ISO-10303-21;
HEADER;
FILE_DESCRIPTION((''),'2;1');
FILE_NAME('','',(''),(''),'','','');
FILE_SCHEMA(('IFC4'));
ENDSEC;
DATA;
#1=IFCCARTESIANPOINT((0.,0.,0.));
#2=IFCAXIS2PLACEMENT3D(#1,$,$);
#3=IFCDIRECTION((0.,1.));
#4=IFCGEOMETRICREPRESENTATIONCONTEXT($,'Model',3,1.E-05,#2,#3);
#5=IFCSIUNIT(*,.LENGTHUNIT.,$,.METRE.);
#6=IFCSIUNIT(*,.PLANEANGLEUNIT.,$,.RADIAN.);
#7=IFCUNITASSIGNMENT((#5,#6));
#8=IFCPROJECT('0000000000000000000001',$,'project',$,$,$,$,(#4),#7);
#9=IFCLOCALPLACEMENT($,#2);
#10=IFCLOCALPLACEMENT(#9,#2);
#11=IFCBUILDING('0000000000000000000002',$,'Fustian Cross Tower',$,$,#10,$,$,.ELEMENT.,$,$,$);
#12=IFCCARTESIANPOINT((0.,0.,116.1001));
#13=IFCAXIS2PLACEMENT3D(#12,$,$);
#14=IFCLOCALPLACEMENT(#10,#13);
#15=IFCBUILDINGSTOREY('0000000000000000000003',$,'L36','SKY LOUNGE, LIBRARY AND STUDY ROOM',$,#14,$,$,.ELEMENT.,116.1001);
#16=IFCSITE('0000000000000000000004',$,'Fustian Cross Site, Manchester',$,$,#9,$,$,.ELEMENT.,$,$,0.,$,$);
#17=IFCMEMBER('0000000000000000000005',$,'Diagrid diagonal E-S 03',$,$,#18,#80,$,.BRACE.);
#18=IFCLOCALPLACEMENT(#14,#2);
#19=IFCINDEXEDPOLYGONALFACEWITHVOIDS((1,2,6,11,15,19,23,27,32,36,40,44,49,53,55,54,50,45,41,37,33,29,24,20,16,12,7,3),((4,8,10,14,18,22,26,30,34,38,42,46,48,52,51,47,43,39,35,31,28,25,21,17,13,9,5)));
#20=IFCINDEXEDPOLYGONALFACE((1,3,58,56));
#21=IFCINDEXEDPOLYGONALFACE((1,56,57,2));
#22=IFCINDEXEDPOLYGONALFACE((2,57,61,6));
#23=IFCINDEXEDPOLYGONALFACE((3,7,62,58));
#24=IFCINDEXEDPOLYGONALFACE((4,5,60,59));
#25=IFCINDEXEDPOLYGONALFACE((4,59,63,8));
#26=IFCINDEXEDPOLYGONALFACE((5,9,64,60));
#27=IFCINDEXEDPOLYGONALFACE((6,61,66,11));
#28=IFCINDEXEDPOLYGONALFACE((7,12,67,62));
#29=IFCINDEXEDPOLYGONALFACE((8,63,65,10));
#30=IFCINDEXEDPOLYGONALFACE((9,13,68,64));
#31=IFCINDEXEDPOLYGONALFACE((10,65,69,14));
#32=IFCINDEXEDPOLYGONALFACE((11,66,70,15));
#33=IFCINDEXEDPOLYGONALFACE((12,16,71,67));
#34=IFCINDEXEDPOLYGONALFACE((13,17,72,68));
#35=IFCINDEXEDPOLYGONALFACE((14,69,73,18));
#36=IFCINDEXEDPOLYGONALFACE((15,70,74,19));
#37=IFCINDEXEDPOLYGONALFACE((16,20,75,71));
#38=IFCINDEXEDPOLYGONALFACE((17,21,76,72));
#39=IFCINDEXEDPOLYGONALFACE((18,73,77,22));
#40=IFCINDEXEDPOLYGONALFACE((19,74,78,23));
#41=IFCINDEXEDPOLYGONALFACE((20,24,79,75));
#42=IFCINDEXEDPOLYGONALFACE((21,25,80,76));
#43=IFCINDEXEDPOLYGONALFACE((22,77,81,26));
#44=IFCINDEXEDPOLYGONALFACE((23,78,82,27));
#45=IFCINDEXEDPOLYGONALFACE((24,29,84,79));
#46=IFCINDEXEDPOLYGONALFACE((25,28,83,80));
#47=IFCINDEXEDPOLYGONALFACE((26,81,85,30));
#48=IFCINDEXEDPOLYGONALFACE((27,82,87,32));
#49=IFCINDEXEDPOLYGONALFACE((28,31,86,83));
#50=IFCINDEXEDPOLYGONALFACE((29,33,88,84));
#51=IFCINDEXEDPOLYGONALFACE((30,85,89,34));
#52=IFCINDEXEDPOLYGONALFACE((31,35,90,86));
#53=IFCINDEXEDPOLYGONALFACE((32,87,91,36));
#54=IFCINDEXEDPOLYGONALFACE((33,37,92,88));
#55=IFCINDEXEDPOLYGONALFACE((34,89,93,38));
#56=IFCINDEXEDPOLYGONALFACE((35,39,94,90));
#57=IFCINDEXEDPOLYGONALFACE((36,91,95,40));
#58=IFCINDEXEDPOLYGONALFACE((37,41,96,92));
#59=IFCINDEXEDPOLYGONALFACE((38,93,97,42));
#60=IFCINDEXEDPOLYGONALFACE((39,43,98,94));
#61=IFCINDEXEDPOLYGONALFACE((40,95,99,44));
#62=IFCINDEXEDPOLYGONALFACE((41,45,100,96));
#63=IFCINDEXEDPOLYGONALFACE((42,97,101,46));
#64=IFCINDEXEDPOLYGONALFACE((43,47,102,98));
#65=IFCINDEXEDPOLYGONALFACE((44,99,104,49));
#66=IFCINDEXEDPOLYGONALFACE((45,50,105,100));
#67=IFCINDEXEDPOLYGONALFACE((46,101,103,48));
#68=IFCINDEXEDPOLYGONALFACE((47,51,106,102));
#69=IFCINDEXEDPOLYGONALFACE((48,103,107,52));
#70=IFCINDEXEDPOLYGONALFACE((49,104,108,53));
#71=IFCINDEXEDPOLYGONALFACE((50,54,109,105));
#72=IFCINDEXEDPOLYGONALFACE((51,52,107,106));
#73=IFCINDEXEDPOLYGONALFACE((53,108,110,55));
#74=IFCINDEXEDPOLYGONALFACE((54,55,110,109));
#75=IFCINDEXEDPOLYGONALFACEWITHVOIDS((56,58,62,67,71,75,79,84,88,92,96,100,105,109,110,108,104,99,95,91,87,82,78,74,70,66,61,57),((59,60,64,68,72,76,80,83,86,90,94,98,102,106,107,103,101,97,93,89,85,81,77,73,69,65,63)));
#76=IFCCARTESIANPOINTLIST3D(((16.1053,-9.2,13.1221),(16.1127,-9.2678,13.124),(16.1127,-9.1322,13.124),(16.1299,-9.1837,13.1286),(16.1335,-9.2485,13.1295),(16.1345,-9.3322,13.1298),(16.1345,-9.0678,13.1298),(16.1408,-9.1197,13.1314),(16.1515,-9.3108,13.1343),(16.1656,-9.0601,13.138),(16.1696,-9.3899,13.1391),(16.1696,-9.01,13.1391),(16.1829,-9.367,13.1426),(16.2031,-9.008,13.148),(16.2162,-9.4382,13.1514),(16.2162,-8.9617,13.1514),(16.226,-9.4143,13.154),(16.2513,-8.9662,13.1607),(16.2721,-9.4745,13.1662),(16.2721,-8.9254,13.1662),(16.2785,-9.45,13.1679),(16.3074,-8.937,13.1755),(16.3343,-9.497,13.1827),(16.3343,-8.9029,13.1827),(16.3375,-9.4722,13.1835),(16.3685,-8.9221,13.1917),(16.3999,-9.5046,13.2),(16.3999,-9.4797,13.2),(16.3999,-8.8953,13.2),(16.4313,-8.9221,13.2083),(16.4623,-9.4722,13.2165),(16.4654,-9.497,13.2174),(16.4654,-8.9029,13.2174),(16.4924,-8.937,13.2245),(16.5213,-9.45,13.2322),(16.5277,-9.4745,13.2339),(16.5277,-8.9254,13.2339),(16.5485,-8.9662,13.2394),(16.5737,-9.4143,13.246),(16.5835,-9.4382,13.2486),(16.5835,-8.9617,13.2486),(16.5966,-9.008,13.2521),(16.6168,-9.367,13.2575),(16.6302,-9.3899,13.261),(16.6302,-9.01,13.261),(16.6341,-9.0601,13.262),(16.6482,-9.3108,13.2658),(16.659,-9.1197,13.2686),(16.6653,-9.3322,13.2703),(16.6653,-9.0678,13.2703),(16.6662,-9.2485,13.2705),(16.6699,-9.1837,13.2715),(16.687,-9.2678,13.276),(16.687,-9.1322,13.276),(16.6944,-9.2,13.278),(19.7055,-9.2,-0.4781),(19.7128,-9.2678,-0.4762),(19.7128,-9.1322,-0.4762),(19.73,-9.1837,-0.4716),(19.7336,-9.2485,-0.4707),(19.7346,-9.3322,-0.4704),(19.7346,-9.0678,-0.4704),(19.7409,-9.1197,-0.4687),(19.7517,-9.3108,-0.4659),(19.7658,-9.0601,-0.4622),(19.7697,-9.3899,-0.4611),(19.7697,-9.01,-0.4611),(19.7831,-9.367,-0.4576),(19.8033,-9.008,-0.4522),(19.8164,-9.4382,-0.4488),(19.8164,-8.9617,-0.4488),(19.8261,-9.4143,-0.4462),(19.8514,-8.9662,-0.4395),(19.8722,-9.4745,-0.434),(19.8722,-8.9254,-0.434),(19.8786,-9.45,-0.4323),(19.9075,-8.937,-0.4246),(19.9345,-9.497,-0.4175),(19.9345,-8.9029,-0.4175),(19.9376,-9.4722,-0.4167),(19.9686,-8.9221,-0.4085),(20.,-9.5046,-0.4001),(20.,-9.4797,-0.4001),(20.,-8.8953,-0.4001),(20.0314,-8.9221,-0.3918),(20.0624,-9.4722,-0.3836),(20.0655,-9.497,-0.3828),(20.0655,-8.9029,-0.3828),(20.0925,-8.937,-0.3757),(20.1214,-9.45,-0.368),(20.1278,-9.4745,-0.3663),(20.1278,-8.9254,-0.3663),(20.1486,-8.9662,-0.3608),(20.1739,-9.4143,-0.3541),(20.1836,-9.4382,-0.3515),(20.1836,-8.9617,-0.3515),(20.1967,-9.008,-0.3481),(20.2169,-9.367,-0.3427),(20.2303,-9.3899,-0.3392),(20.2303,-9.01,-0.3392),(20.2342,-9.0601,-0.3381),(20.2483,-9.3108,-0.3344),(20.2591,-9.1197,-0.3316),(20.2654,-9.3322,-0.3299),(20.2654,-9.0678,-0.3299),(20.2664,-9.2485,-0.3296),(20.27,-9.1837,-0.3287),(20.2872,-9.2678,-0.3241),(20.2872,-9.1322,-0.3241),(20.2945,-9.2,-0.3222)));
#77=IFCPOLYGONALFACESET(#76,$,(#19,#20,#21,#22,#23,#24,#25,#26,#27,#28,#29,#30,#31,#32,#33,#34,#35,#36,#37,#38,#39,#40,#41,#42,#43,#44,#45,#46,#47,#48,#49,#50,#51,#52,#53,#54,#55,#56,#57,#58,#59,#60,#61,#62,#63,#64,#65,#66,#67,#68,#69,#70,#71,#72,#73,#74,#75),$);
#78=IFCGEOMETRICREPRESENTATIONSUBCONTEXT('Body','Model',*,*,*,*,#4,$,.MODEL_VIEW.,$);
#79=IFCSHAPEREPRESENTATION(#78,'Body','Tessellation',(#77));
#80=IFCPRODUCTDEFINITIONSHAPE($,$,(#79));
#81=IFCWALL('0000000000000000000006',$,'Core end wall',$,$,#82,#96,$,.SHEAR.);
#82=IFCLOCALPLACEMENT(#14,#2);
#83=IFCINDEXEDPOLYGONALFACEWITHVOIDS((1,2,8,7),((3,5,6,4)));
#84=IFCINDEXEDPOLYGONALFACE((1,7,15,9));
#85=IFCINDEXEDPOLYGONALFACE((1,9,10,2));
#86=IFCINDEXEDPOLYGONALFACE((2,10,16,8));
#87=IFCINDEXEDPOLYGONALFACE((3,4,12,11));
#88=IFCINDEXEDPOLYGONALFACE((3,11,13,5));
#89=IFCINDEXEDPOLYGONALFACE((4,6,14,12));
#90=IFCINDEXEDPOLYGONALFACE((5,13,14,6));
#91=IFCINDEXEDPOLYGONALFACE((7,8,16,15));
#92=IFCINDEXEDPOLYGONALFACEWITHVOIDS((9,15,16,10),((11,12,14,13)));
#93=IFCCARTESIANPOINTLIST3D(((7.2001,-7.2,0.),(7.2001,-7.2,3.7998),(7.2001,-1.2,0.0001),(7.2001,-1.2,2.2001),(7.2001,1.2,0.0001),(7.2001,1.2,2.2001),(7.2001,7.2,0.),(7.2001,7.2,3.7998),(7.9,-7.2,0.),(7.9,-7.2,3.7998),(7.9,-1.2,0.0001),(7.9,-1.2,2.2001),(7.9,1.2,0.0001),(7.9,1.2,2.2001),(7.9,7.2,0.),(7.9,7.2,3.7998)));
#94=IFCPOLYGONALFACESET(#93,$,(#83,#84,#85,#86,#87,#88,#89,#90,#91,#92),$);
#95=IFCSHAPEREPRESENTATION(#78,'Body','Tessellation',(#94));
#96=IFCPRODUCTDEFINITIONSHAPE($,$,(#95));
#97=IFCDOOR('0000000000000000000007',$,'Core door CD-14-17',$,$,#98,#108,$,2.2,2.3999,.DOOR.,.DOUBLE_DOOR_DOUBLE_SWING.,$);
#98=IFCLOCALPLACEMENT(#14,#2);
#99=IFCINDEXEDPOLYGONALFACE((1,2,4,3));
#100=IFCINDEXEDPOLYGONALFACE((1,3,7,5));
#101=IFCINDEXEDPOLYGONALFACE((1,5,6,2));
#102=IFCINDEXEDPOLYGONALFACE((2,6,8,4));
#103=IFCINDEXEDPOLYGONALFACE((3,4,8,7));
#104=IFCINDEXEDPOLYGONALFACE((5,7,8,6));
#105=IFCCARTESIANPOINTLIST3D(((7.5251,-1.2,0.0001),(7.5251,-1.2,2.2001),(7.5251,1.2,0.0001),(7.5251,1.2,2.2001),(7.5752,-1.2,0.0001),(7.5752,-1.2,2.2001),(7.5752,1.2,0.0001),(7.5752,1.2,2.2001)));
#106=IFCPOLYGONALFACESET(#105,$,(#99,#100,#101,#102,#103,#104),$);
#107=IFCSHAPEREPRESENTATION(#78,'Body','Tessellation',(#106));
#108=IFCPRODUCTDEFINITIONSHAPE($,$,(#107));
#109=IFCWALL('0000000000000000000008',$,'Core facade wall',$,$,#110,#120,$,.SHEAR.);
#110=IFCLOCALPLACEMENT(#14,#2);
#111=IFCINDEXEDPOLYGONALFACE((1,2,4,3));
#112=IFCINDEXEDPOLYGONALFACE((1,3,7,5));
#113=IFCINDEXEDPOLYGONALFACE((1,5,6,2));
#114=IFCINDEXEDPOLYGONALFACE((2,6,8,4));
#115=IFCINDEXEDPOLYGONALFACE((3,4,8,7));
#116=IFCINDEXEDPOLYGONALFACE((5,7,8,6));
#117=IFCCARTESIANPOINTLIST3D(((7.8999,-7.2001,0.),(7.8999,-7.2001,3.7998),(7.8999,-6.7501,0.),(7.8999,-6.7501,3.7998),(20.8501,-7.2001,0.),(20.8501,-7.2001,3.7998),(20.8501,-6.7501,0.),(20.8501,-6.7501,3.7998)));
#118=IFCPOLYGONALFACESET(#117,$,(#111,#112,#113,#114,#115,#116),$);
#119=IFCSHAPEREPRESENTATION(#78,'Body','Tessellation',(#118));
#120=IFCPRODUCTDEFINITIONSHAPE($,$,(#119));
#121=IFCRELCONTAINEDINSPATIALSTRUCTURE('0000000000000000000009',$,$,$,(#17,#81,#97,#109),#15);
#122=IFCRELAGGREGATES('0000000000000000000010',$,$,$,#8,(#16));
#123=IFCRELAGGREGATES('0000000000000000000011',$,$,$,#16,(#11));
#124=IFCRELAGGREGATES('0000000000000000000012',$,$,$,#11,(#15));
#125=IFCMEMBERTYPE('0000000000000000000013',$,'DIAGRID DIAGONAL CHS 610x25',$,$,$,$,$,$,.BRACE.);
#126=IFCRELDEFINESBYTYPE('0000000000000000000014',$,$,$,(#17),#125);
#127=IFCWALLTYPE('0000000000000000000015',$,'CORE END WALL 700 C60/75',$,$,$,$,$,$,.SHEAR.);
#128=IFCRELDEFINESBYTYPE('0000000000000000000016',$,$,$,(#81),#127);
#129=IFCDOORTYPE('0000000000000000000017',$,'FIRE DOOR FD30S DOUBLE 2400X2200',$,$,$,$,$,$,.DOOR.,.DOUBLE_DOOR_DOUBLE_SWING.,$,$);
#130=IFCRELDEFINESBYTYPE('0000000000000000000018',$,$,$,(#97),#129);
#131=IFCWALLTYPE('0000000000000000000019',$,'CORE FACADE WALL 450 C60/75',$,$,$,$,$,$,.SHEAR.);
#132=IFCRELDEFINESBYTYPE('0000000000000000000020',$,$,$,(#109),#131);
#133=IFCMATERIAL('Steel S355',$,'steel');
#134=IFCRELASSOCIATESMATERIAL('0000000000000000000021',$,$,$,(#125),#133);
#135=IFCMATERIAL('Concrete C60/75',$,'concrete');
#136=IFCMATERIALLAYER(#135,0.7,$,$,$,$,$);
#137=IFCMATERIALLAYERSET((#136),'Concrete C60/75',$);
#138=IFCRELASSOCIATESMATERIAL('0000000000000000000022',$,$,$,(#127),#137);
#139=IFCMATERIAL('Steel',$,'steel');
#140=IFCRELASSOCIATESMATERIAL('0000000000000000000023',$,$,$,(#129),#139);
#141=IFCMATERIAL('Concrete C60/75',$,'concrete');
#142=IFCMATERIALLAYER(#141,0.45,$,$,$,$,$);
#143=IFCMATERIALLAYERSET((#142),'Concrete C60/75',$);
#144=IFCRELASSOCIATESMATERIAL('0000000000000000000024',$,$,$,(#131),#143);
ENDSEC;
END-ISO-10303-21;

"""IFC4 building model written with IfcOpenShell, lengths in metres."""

from ifc_helpers import new_model, si_unit, direction, frame, frame_2d, origin, origin_2d, place, context, subcontext, project, spatial, rectangle, hollow_circle, extrude, material, layer, layer_set, material_profile, profile_set, type_object, element, fill, save


model = new_model("IFC4")

# Units and contexts
model_context = context("Model", 3, precision=1e-05, world=origin(), true_north=direction((0.0, 1.0)))
body_context = subcontext(model_context, "Body", "Model", "MODEL_VIEW")
ifc_project = project(units=[si_unit("LENGTHUNIT", "METRE"), si_unit("PLANEANGLEUNIT", "RADIAN")], contexts=[model_context])

# Site, building, storey
site_placement = place(None, origin())
site = spatial("IfcSite", under=ifc_project, at=site_placement, Name="Fustian Cross Site, Manchester", CompositionType="ELEMENT", RefElevation=0.0)
building_placement = place(site_placement, origin())
building = spatial("IfcBuilding", under=site, at=building_placement, Name="Fustian Cross Tower", CompositionType="ELEMENT")
storey_placement = place(building_placement, frame((0.0, 0.0, 116.1001)))
storey = spatial("IfcBuildingStorey", under=building, at=storey_placement, Name="L36", Description="SKY LOUNGE, LIBRARY AND STUDY ROOM", CompositionType="ELEMENT", Elevation=116.1001)

# Member
ifc_material_1 = material(Name="Steel S355", Category="steel")
ifc_material_profile = material_profile(ifc_material_1, hollow_circle(Radius=0.3047, WallThickness=0.0249, at=origin_2d()), Name="CHS 610x25")
ifc_profile_set = profile_set([ifc_material_profile], Name="Steel S355")
member_type = type_object("IfcMemberType", Name="DIAGRID DIAGONAL CHS 610x25", PredefinedType="BRACE", material=ifc_profile_set)
member_placement = place(storey_placement, frame((20.0, -9.2, -0.4001), z_axis=(-0.255897, 0.0, 0.966704), x_axis=(0.0, -1.0, 0.0)))
element("IfcMember", 1, at=member_placement, inside=storey, type_object=member_type, Name="Diagrid diagonal E-S 03", PredefinedType="BRACE", context=body_context, shape_type="SweptSolid", body=[
    extrude(hollow_circle(Radius=0.3047, WallThickness=0.0249, at=origin_2d()), origin(), (0.0, 0.0, 1.0), 14.0686),
])

# Wall, opening, door
ifc_material_2 = material(Name="Concrete C60/75", Category="concrete")
ifc_layer_1 = layer(ifc_material_2, 0.7)
ifc_layer_set_1 = layer_set([ifc_layer_1], Name="Concrete C60/75")
wall_type_1 = type_object("IfcWallType", Name="CORE END WALL 700 C60/75", PredefinedType="SHEAR", material=ifc_layer_set_1)
wall_1_placement = place(storey_placement, frame((7.55, -7.2, 0.0), z_axis=(0.0, 0.0, 1.0), x_axis=(0.0, 1.0, 0.0)))
wall_1 = element("IfcWall", 2, at=wall_1_placement, inside=storey, type_object=wall_type_1, Name="Core end wall", PredefinedType="SHEAR", context=body_context, shape_type="SweptSolid", body=[
    extrude(rectangle(XDim=14.3999, YDim=0.7, at=frame_2d((7.2, 0.0))), origin(), (0.0, 0.0, 1.0), 3.7998),
])
opening_1_placement = place(wall_1_placement, frame((6.0, 0.0, 0.0)))
opening_1 = element("IfcOpeningElement", 3, at=opening_1_placement, cuts=wall_1, PredefinedType="OPENING", context=body_context, shape_type="SweptSolid", body=[
    extrude(rectangle(XDim=2.3999, YDim=2.2, at=frame_2d((1.2, 1.1001))), frame((0.0, 0.3599, 0.0), z_axis=(0.0, -1.0, 0.0), x_axis=(1.0, 0.0, 0.0)), (0.0, 0.0, 1.0), 0.72),
])
ifc_material_3 = material(Name="Steel", Category="steel")
door_type_1 = type_object("IfcDoorType", Name="FIRE DOOR FD30S DOUBLE 2400X2200", OperationType="DOUBLE_DOOR_DOUBLE_SWING", PredefinedType="DOOR", material=ifc_material_3)
door_1_placement = place(opening_1_placement, origin())
door_1 = element("IfcDoor", 4, at=door_1_placement, inside=storey, type_object=door_type_1, Name="Core door CD-14-17", OperationType="DOUBLE_DOOR_DOUBLE_SWING", OverallHeight=2.2, OverallWidth=2.3999, PredefinedType="DOOR", context=body_context, shape_type="SweptSolid", body=[
    extrude(rectangle(XDim=2.3999, YDim=2.2, at=frame_2d((1.2, 1.1001))), frame((0.0, 0.0249, 0.0), z_axis=(0.0, -1.0, 0.0), x_axis=(1.0, 0.0, 0.0)), (0.0, 0.0, 1.0), 0.05),
])
fill(opening_1, door_1)

# Wall
ifc_material_4 = material(Name="Concrete C60/75", Category="concrete")
ifc_layer_2 = layer(ifc_material_4, 0.45)
ifc_layer_set_2 = layer_set([ifc_layer_2], Name="Concrete C60/75")
wall_type_2 = type_object("IfcWallType", Name="CORE FACADE WALL 450 C60/75", PredefinedType="SHEAR", material=ifc_layer_set_2)
wall_2_placement = place(storey_placement, frame((7.8999, -6.9751, 0.0), z_axis=(0.0, 0.0, 1.0), x_axis=(1.0, 0.0, 0.0)))
element("IfcWall", 5, at=wall_2_placement, inside=storey, type_object=wall_type_2, Name="Core facade wall", PredefinedType="SHEAR", context=body_context, shape_type="SweptSolid", body=[
    extrude(rectangle(XDim=12.9502, YDim=0.45, at=frame_2d((6.4751, 0.0))), origin(), (0.0, 0.0, 1.0), 3.7998),
])

save(model, "model.ifc")
